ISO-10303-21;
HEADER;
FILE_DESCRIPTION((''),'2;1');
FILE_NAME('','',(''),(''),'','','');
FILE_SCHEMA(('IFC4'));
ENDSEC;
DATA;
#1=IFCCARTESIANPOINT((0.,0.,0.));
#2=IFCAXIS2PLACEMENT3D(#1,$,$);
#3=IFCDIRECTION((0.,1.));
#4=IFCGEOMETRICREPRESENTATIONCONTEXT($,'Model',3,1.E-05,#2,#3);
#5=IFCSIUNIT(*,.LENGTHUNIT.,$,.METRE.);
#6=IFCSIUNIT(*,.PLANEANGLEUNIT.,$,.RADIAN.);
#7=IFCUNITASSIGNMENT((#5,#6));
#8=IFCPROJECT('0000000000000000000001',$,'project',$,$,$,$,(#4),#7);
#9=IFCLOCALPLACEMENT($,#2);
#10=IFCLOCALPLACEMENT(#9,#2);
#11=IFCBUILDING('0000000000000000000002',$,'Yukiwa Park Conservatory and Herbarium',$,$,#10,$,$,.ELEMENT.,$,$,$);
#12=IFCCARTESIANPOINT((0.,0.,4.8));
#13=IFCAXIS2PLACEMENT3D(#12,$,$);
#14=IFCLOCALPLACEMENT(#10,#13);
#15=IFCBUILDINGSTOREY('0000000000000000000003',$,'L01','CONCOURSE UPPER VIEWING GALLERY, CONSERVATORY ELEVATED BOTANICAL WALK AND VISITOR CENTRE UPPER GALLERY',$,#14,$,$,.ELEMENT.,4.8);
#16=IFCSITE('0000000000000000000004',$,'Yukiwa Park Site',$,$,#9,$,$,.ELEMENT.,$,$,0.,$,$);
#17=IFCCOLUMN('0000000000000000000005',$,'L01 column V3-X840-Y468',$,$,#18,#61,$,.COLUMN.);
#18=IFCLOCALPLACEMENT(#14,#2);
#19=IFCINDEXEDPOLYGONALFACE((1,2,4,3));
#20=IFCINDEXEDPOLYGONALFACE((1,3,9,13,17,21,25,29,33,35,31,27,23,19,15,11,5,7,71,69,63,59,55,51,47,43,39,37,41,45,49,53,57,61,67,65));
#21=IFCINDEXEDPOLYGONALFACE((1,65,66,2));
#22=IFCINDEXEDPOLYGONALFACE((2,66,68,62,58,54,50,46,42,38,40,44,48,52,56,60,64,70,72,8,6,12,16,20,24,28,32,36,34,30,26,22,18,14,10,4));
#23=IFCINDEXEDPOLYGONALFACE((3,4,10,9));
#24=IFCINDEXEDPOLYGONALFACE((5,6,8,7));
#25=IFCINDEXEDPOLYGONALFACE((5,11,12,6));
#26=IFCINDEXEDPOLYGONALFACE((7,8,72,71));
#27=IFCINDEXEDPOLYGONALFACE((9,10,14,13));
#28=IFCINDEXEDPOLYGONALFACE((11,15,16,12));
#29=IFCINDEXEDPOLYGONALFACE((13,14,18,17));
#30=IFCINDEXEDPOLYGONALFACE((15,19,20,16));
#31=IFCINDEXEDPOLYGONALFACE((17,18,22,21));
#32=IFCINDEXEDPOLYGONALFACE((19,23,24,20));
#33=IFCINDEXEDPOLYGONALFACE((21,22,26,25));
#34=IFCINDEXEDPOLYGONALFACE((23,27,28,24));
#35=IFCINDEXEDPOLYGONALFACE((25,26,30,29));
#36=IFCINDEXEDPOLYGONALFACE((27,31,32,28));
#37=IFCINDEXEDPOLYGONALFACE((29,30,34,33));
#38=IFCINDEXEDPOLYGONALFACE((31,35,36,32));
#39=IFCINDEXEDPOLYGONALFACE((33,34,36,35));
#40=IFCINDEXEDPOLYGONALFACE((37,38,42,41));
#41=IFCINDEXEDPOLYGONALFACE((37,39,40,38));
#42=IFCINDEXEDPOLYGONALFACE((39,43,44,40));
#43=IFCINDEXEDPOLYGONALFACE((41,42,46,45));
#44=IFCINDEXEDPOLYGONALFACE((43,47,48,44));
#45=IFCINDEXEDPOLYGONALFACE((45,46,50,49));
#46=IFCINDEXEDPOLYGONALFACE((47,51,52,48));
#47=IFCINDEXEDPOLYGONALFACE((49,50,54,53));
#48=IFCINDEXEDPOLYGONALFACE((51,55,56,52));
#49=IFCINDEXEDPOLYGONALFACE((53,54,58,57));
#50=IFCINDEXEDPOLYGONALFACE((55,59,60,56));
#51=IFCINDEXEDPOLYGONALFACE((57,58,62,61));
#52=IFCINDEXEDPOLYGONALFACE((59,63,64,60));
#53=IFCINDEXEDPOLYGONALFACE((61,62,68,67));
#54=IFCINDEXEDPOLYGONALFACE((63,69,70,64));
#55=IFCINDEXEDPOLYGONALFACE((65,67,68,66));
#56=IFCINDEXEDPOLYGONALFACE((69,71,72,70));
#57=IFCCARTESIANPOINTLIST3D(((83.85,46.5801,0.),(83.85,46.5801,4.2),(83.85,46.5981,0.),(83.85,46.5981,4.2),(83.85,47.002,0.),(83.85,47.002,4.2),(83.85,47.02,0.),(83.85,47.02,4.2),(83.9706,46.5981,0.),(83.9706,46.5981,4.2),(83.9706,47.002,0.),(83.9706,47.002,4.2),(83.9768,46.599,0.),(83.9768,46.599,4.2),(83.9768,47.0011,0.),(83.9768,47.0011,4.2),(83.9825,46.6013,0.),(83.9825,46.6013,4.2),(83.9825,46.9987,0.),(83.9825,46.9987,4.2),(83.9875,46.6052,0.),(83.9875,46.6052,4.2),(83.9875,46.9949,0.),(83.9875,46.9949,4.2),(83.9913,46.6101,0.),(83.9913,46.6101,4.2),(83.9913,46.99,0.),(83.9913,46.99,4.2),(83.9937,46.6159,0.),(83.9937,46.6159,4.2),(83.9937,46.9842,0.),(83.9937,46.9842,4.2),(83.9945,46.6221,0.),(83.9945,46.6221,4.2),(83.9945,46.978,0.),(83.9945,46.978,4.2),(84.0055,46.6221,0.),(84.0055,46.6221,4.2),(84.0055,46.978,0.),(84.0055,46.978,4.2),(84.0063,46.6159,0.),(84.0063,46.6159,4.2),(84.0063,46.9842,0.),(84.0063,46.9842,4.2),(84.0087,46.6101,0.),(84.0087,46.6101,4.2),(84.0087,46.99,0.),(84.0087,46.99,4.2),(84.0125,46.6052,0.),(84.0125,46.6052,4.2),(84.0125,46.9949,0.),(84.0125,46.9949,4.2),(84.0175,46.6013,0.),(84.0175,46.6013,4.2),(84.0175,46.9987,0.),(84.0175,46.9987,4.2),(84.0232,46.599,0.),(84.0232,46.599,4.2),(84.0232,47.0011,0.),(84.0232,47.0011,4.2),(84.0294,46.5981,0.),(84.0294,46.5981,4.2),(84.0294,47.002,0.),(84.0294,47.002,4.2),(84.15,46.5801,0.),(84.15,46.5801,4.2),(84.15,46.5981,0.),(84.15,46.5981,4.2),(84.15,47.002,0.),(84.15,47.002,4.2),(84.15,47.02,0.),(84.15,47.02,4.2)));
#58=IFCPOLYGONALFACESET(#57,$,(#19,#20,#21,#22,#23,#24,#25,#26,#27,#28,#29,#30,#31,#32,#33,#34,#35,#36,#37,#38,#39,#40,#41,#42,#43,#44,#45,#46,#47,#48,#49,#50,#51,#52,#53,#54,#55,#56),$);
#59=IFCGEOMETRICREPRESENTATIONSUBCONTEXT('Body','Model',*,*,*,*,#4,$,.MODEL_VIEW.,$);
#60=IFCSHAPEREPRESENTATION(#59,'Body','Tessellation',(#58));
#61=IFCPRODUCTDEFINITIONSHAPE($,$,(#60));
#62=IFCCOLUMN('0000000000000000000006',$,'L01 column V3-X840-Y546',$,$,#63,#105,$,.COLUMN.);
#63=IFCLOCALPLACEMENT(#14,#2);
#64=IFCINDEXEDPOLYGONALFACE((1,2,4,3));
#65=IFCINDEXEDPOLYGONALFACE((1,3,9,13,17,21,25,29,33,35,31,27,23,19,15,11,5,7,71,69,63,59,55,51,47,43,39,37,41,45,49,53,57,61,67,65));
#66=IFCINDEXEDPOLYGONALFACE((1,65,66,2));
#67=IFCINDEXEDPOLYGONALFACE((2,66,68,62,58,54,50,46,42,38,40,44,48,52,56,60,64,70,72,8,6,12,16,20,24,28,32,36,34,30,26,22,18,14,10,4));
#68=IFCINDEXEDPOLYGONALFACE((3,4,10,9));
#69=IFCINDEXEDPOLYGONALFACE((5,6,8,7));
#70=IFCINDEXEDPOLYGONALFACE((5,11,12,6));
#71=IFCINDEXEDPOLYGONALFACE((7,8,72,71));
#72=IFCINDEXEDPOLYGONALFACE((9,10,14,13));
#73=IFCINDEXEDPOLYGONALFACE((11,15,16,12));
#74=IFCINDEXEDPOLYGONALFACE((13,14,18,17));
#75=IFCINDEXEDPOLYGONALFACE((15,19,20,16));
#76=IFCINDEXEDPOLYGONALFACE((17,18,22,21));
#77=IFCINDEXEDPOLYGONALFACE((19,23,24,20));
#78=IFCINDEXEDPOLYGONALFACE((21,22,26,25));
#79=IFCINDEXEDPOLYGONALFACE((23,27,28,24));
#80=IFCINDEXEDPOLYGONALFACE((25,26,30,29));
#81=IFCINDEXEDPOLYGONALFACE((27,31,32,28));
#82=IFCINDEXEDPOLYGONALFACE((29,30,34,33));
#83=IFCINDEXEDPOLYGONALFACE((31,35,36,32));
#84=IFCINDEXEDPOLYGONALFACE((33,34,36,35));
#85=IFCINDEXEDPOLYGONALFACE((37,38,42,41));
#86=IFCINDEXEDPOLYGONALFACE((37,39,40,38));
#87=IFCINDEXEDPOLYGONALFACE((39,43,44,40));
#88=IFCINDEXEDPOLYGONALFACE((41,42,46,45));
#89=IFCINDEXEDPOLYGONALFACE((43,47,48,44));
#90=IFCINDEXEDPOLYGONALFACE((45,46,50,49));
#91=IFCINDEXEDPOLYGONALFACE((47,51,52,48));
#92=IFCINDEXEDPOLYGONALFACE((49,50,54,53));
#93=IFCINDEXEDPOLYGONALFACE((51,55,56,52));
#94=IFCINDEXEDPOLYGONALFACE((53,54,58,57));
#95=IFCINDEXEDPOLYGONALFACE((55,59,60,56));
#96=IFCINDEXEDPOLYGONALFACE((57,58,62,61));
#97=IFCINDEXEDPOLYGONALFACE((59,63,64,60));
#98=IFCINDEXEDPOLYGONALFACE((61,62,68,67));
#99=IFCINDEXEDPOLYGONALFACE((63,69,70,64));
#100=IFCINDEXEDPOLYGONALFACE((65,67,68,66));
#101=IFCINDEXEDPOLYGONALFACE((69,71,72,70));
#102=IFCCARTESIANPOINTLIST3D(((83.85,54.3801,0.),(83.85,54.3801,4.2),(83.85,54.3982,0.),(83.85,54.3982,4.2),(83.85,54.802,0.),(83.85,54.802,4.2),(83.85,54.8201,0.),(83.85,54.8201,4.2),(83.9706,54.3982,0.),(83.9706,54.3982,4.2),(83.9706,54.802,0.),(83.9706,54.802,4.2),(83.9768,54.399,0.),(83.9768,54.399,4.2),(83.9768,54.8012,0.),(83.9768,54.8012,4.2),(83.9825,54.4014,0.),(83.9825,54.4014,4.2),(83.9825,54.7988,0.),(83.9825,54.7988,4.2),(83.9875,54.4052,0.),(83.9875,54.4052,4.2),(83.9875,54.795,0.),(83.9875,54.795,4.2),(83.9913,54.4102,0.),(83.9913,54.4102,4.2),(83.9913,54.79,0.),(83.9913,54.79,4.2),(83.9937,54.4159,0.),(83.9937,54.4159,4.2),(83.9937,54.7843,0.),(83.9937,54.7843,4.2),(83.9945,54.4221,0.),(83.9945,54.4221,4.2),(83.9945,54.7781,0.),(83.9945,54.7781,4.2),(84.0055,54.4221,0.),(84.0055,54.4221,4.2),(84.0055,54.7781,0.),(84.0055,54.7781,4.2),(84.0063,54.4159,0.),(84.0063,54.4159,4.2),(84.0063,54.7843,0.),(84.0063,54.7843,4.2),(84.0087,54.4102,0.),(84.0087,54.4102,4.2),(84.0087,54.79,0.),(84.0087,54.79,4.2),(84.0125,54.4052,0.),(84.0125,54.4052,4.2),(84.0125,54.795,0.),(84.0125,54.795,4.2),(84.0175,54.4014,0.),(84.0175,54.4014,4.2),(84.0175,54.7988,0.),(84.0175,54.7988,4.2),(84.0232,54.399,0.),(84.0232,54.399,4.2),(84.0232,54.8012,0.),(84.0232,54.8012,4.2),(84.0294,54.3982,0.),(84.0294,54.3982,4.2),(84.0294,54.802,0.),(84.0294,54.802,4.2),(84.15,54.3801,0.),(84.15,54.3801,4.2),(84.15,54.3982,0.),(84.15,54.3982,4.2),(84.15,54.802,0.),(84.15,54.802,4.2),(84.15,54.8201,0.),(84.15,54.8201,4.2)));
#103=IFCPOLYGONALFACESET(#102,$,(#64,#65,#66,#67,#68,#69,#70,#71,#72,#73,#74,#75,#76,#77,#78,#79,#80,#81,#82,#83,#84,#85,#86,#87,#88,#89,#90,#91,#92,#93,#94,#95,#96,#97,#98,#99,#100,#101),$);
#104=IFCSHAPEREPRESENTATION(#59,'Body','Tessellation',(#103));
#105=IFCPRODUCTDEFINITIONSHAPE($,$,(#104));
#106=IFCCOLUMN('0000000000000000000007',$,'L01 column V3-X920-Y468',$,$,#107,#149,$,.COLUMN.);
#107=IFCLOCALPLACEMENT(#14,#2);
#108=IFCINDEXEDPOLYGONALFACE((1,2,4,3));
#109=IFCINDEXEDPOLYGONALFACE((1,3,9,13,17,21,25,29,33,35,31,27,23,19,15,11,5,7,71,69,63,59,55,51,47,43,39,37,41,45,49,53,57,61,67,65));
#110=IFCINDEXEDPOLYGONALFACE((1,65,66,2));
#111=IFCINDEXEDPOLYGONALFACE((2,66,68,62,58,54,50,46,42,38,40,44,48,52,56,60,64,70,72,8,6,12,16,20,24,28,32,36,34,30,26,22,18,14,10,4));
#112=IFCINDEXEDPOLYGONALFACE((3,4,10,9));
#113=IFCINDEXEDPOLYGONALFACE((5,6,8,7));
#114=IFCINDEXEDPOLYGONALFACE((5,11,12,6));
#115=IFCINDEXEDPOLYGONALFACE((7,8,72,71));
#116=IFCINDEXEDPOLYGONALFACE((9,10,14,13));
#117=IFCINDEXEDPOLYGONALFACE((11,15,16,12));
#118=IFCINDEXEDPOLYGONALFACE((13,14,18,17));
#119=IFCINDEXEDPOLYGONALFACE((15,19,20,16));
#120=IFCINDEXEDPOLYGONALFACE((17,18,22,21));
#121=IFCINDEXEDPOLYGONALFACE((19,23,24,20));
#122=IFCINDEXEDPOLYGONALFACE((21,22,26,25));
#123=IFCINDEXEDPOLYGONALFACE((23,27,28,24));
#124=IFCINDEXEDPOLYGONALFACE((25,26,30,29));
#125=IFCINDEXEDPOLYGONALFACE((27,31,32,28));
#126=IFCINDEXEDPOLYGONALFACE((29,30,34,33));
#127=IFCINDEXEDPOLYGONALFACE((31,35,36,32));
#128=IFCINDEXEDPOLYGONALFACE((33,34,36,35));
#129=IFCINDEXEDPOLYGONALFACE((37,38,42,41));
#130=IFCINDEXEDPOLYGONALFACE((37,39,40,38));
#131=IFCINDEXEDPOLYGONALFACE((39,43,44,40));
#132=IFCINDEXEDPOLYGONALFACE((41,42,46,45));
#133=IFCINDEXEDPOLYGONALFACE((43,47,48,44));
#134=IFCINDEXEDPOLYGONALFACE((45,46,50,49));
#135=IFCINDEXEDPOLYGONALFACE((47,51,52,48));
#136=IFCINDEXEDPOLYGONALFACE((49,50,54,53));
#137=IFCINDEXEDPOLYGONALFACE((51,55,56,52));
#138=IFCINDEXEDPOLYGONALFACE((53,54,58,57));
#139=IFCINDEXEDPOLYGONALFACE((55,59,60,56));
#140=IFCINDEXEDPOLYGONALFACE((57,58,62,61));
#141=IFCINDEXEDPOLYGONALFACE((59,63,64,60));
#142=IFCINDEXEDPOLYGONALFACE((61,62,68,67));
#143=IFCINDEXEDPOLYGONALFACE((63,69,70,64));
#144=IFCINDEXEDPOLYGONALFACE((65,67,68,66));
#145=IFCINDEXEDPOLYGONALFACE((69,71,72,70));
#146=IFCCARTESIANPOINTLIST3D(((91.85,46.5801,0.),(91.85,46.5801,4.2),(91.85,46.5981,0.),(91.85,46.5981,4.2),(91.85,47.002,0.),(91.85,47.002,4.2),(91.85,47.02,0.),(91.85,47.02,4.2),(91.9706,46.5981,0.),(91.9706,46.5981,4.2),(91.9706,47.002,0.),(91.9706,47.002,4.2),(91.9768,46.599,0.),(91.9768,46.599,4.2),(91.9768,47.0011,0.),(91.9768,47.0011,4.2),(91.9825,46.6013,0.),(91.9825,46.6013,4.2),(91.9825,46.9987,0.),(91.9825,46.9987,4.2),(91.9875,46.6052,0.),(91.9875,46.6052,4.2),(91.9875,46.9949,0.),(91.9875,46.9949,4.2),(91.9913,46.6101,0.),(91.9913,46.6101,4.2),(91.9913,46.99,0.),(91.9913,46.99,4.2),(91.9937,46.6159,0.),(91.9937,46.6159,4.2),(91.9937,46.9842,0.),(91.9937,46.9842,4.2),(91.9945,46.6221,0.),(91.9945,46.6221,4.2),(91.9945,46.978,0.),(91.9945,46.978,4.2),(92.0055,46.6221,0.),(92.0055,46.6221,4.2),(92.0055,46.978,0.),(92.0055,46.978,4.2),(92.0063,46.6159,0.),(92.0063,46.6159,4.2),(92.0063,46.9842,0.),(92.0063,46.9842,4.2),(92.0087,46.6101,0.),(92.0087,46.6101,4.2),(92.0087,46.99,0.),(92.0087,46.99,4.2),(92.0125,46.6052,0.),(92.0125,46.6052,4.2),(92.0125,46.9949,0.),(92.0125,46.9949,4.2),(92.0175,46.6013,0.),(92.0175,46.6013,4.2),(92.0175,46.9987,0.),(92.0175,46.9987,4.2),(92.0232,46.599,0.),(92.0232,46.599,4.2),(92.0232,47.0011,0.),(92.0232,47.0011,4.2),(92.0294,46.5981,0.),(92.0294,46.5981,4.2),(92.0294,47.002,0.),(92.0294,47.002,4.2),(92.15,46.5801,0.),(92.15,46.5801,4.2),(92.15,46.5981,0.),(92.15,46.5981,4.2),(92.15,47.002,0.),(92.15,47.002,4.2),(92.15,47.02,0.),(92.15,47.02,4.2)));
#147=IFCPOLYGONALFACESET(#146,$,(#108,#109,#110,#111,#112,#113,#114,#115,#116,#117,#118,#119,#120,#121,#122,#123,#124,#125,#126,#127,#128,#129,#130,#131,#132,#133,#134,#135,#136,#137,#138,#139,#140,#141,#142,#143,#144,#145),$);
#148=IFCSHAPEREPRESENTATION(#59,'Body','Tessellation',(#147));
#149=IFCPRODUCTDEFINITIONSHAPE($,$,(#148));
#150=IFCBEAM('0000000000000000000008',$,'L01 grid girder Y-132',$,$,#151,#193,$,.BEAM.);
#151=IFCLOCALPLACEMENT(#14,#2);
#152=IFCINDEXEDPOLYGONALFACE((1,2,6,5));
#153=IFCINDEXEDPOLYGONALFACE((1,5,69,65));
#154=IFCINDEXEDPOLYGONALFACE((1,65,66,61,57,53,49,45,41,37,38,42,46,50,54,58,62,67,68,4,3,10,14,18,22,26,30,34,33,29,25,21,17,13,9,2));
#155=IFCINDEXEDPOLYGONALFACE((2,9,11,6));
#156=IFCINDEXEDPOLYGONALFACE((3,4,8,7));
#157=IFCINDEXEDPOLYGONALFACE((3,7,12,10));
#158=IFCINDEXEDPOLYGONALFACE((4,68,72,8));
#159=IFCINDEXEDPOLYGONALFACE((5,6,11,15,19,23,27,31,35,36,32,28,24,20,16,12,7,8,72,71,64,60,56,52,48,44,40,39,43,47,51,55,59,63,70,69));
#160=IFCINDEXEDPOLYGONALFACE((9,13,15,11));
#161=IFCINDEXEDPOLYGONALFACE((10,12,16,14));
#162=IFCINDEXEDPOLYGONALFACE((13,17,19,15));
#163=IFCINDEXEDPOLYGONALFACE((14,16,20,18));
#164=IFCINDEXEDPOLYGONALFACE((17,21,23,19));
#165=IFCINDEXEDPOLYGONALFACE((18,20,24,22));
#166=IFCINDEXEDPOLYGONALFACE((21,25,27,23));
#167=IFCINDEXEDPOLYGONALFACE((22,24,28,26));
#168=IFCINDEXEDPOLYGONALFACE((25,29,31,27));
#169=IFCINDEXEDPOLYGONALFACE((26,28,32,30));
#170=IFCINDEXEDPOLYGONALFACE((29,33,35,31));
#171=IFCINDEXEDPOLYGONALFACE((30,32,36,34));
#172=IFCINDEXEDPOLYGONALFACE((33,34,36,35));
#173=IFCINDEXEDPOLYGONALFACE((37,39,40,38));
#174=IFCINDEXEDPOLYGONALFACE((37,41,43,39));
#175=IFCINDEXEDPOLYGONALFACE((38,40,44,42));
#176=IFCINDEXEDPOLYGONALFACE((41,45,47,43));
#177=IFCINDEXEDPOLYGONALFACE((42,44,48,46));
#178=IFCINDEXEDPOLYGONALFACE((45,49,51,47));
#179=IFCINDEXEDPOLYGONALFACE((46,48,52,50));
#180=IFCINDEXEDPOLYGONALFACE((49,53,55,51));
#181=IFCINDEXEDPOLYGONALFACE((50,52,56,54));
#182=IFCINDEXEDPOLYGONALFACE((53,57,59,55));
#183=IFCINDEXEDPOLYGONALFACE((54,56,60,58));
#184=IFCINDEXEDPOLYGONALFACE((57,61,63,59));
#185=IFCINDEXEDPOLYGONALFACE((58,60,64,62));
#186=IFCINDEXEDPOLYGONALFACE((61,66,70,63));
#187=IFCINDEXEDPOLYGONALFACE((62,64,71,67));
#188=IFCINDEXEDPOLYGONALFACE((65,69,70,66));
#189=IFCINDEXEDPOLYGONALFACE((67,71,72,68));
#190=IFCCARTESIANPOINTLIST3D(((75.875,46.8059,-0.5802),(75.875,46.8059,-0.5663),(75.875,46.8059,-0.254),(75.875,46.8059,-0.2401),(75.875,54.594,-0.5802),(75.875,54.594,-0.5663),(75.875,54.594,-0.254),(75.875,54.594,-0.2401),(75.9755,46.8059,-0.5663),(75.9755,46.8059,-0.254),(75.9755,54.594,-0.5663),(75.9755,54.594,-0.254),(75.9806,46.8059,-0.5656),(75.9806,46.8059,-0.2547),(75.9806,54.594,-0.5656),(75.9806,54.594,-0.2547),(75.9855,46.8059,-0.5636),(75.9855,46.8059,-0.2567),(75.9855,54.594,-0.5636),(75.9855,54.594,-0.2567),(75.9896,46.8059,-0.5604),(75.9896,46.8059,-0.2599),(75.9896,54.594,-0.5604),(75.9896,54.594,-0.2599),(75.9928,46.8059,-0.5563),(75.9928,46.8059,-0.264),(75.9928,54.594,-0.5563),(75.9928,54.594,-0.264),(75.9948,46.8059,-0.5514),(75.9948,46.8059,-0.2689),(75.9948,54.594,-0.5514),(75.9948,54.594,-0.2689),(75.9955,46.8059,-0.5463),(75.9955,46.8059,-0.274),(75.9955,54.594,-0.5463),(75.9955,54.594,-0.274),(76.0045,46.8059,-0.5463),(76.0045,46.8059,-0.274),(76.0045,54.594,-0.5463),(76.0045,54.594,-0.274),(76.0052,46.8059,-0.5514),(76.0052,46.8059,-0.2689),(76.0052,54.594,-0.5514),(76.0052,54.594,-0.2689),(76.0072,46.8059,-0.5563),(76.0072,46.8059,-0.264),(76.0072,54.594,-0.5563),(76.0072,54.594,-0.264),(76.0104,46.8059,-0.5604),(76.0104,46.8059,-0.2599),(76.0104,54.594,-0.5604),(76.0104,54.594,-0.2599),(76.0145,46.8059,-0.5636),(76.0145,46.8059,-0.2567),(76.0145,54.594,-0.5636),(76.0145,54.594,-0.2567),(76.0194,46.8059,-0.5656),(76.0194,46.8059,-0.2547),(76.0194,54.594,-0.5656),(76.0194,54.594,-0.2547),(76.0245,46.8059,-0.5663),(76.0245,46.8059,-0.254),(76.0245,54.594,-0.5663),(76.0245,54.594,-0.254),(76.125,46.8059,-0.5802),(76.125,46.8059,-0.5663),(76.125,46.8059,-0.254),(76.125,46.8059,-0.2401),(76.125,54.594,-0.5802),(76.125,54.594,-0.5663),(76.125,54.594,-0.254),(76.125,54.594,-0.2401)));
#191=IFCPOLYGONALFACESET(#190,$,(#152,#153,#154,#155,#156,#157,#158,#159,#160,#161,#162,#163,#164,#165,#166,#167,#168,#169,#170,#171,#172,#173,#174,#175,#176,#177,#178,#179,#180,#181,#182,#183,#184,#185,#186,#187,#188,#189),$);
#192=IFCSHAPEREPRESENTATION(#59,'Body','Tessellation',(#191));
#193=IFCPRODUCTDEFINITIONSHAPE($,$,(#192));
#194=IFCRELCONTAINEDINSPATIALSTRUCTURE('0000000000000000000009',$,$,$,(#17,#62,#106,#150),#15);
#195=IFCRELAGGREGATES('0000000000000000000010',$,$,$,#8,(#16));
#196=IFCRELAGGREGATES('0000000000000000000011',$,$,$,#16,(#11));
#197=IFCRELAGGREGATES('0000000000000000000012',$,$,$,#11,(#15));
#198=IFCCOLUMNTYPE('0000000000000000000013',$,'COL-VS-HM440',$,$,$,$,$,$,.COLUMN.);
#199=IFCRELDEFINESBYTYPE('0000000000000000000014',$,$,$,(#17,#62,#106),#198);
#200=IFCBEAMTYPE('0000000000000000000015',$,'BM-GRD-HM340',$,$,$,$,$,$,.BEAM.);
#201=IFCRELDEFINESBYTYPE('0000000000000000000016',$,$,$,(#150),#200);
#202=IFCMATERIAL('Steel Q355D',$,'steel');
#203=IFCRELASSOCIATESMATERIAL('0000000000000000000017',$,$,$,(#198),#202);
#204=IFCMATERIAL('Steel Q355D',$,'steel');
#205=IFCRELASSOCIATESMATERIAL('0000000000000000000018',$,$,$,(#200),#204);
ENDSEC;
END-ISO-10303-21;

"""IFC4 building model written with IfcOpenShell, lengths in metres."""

from ifc_helpers import new_model, si_unit, direction, frame, origin, origin_2d, place, context, subcontext, project, spatial, i_section, extrude, material, material_profile, profile_set, type_object, element, save


model = new_model("IFC4")

# Units and contexts
model_context = context("Model", 3, precision=1e-05, world=origin(), true_north=direction((0.0, 1.0)))
body_context = subcontext(model_context, "Body", "Model", "MODEL_VIEW")
ifc_project = project(units=[si_unit("LENGTHUNIT", "METRE"), si_unit("PLANEANGLEUNIT", "RADIAN")], contexts=[model_context])

# Site, building, storey
site_placement = place(None, origin())
site = spatial("IfcSite", under=ifc_project, at=site_placement, Name="Yukiwa Park Site", CompositionType="ELEMENT", RefElevation=0.0)
building_placement = place(site_placement, origin())
building = spatial("IfcBuilding", under=site, at=building_placement, Name="Yukiwa Park Conservatory and Herbarium", CompositionType="ELEMENT")
storey_placement = place(building_placement, frame((0.0, 0.0, 4.8)))
storey = spatial("IfcBuildingStorey", under=building, at=storey_placement, Name="L01", Description="CONCOURSE UPPER VIEWING GALLERY, CONSERVATORY ELEVATED BOTANICAL WALK AND VISITOR CENTRE UPPER GALLERY", CompositionType="ELEMENT", Elevation=4.8)

# Columns
ifc_material_1 = material(Name="Steel Q355D", Category="steel")
ifc_material_profile_1 = material_profile(ifc_material_1, i_section(OverallWidth=0.3, OverallDepth=0.4399, WebThickness=0.011, FlangeThickness=0.0181, FilletRadius=0.0239, at=origin_2d()), Name="HM 440x300x11x18")
ifc_profile_set_1 = profile_set([ifc_material_profile_1], Name="Steel Q355D")
column_type_1 = type_object("IfcColumnType", Name="COL-VS-HM440", PredefinedType="COLUMN", material=ifc_profile_set_1)
for number, where, z_axis, x_axis, name in (
    (1, (84.0, 46.8, 0.0), (0.0, 0.0, 1.0), (1.0, 0.0, 0.0), "L01 column V3-X840-Y468"),
    (2, (84.0, 54.6001, 0.0), (0.0, 0.0, 1.0), (1.0, 0.0, 0.0), "L01 column V3-X840-Y546"),
    (3, (92.0, 46.8, 0.0), (0.0, 0.0, 1.0), (1.0, 0.0, 0.0), "L01 column V3-X920-Y468"),
):
    element("IfcColumn", number, at=place(storey_placement, frame(where, z_axis=z_axis, x_axis=x_axis)), inside=storey, type_object=column_type_1, Name=name, PredefinedType="COLUMN", context=body_context, shape_type="SweptSolid", body=[
        extrude(i_section(OverallWidth=0.3, OverallDepth=0.4399, WebThickness=0.011, FlangeThickness=0.0181, FilletRadius=0.0239, at=origin_2d()), origin(), (0.0, 0.0, 1.0), 4.2),
    ])

# Beam
ifc_material_2 = material(Name="Steel Q355D", Category="steel")
ifc_material_profile_2 = material_profile(ifc_material_2, i_section(OverallWidth=0.25, OverallDepth=0.3401, WebThickness=0.009, FlangeThickness=0.0139, FilletRadius=0.02, at=origin_2d()), Name="HM 340x250x9x14")
ifc_profile_set_2 = profile_set([ifc_material_profile_2], Name="Steel Q355D")
beam_type_1 = type_object("IfcBeamType", Name="BM-GRD-HM340", PredefinedType="BEAM", material=ifc_profile_set_2)
for number, where, z_axis, x_axis, name in (
    (4, (76.0, 46.8059, -0.4102), (0.0, 1.0, 0.0), (-1.0, 0.0, 0.0), "L01 grid girder Y-132"),
):
    element("IfcBeam", number, at=place(storey_placement, frame(where, z_axis=z_axis, x_axis=x_axis)), inside=storey, type_object=beam_type_1, Name=name, PredefinedType="BEAM", context=body_context, shape_type="SweptSolid", body=[
        extrude(i_section(OverallWidth=0.25, OverallDepth=0.3401, WebThickness=0.009, FlangeThickness=0.0139, FilletRadius=0.02, at=origin_2d()), origin(), (0.0, 0.0, 1.0), 7.7881),
    ])

save(model, "model.ifc")
